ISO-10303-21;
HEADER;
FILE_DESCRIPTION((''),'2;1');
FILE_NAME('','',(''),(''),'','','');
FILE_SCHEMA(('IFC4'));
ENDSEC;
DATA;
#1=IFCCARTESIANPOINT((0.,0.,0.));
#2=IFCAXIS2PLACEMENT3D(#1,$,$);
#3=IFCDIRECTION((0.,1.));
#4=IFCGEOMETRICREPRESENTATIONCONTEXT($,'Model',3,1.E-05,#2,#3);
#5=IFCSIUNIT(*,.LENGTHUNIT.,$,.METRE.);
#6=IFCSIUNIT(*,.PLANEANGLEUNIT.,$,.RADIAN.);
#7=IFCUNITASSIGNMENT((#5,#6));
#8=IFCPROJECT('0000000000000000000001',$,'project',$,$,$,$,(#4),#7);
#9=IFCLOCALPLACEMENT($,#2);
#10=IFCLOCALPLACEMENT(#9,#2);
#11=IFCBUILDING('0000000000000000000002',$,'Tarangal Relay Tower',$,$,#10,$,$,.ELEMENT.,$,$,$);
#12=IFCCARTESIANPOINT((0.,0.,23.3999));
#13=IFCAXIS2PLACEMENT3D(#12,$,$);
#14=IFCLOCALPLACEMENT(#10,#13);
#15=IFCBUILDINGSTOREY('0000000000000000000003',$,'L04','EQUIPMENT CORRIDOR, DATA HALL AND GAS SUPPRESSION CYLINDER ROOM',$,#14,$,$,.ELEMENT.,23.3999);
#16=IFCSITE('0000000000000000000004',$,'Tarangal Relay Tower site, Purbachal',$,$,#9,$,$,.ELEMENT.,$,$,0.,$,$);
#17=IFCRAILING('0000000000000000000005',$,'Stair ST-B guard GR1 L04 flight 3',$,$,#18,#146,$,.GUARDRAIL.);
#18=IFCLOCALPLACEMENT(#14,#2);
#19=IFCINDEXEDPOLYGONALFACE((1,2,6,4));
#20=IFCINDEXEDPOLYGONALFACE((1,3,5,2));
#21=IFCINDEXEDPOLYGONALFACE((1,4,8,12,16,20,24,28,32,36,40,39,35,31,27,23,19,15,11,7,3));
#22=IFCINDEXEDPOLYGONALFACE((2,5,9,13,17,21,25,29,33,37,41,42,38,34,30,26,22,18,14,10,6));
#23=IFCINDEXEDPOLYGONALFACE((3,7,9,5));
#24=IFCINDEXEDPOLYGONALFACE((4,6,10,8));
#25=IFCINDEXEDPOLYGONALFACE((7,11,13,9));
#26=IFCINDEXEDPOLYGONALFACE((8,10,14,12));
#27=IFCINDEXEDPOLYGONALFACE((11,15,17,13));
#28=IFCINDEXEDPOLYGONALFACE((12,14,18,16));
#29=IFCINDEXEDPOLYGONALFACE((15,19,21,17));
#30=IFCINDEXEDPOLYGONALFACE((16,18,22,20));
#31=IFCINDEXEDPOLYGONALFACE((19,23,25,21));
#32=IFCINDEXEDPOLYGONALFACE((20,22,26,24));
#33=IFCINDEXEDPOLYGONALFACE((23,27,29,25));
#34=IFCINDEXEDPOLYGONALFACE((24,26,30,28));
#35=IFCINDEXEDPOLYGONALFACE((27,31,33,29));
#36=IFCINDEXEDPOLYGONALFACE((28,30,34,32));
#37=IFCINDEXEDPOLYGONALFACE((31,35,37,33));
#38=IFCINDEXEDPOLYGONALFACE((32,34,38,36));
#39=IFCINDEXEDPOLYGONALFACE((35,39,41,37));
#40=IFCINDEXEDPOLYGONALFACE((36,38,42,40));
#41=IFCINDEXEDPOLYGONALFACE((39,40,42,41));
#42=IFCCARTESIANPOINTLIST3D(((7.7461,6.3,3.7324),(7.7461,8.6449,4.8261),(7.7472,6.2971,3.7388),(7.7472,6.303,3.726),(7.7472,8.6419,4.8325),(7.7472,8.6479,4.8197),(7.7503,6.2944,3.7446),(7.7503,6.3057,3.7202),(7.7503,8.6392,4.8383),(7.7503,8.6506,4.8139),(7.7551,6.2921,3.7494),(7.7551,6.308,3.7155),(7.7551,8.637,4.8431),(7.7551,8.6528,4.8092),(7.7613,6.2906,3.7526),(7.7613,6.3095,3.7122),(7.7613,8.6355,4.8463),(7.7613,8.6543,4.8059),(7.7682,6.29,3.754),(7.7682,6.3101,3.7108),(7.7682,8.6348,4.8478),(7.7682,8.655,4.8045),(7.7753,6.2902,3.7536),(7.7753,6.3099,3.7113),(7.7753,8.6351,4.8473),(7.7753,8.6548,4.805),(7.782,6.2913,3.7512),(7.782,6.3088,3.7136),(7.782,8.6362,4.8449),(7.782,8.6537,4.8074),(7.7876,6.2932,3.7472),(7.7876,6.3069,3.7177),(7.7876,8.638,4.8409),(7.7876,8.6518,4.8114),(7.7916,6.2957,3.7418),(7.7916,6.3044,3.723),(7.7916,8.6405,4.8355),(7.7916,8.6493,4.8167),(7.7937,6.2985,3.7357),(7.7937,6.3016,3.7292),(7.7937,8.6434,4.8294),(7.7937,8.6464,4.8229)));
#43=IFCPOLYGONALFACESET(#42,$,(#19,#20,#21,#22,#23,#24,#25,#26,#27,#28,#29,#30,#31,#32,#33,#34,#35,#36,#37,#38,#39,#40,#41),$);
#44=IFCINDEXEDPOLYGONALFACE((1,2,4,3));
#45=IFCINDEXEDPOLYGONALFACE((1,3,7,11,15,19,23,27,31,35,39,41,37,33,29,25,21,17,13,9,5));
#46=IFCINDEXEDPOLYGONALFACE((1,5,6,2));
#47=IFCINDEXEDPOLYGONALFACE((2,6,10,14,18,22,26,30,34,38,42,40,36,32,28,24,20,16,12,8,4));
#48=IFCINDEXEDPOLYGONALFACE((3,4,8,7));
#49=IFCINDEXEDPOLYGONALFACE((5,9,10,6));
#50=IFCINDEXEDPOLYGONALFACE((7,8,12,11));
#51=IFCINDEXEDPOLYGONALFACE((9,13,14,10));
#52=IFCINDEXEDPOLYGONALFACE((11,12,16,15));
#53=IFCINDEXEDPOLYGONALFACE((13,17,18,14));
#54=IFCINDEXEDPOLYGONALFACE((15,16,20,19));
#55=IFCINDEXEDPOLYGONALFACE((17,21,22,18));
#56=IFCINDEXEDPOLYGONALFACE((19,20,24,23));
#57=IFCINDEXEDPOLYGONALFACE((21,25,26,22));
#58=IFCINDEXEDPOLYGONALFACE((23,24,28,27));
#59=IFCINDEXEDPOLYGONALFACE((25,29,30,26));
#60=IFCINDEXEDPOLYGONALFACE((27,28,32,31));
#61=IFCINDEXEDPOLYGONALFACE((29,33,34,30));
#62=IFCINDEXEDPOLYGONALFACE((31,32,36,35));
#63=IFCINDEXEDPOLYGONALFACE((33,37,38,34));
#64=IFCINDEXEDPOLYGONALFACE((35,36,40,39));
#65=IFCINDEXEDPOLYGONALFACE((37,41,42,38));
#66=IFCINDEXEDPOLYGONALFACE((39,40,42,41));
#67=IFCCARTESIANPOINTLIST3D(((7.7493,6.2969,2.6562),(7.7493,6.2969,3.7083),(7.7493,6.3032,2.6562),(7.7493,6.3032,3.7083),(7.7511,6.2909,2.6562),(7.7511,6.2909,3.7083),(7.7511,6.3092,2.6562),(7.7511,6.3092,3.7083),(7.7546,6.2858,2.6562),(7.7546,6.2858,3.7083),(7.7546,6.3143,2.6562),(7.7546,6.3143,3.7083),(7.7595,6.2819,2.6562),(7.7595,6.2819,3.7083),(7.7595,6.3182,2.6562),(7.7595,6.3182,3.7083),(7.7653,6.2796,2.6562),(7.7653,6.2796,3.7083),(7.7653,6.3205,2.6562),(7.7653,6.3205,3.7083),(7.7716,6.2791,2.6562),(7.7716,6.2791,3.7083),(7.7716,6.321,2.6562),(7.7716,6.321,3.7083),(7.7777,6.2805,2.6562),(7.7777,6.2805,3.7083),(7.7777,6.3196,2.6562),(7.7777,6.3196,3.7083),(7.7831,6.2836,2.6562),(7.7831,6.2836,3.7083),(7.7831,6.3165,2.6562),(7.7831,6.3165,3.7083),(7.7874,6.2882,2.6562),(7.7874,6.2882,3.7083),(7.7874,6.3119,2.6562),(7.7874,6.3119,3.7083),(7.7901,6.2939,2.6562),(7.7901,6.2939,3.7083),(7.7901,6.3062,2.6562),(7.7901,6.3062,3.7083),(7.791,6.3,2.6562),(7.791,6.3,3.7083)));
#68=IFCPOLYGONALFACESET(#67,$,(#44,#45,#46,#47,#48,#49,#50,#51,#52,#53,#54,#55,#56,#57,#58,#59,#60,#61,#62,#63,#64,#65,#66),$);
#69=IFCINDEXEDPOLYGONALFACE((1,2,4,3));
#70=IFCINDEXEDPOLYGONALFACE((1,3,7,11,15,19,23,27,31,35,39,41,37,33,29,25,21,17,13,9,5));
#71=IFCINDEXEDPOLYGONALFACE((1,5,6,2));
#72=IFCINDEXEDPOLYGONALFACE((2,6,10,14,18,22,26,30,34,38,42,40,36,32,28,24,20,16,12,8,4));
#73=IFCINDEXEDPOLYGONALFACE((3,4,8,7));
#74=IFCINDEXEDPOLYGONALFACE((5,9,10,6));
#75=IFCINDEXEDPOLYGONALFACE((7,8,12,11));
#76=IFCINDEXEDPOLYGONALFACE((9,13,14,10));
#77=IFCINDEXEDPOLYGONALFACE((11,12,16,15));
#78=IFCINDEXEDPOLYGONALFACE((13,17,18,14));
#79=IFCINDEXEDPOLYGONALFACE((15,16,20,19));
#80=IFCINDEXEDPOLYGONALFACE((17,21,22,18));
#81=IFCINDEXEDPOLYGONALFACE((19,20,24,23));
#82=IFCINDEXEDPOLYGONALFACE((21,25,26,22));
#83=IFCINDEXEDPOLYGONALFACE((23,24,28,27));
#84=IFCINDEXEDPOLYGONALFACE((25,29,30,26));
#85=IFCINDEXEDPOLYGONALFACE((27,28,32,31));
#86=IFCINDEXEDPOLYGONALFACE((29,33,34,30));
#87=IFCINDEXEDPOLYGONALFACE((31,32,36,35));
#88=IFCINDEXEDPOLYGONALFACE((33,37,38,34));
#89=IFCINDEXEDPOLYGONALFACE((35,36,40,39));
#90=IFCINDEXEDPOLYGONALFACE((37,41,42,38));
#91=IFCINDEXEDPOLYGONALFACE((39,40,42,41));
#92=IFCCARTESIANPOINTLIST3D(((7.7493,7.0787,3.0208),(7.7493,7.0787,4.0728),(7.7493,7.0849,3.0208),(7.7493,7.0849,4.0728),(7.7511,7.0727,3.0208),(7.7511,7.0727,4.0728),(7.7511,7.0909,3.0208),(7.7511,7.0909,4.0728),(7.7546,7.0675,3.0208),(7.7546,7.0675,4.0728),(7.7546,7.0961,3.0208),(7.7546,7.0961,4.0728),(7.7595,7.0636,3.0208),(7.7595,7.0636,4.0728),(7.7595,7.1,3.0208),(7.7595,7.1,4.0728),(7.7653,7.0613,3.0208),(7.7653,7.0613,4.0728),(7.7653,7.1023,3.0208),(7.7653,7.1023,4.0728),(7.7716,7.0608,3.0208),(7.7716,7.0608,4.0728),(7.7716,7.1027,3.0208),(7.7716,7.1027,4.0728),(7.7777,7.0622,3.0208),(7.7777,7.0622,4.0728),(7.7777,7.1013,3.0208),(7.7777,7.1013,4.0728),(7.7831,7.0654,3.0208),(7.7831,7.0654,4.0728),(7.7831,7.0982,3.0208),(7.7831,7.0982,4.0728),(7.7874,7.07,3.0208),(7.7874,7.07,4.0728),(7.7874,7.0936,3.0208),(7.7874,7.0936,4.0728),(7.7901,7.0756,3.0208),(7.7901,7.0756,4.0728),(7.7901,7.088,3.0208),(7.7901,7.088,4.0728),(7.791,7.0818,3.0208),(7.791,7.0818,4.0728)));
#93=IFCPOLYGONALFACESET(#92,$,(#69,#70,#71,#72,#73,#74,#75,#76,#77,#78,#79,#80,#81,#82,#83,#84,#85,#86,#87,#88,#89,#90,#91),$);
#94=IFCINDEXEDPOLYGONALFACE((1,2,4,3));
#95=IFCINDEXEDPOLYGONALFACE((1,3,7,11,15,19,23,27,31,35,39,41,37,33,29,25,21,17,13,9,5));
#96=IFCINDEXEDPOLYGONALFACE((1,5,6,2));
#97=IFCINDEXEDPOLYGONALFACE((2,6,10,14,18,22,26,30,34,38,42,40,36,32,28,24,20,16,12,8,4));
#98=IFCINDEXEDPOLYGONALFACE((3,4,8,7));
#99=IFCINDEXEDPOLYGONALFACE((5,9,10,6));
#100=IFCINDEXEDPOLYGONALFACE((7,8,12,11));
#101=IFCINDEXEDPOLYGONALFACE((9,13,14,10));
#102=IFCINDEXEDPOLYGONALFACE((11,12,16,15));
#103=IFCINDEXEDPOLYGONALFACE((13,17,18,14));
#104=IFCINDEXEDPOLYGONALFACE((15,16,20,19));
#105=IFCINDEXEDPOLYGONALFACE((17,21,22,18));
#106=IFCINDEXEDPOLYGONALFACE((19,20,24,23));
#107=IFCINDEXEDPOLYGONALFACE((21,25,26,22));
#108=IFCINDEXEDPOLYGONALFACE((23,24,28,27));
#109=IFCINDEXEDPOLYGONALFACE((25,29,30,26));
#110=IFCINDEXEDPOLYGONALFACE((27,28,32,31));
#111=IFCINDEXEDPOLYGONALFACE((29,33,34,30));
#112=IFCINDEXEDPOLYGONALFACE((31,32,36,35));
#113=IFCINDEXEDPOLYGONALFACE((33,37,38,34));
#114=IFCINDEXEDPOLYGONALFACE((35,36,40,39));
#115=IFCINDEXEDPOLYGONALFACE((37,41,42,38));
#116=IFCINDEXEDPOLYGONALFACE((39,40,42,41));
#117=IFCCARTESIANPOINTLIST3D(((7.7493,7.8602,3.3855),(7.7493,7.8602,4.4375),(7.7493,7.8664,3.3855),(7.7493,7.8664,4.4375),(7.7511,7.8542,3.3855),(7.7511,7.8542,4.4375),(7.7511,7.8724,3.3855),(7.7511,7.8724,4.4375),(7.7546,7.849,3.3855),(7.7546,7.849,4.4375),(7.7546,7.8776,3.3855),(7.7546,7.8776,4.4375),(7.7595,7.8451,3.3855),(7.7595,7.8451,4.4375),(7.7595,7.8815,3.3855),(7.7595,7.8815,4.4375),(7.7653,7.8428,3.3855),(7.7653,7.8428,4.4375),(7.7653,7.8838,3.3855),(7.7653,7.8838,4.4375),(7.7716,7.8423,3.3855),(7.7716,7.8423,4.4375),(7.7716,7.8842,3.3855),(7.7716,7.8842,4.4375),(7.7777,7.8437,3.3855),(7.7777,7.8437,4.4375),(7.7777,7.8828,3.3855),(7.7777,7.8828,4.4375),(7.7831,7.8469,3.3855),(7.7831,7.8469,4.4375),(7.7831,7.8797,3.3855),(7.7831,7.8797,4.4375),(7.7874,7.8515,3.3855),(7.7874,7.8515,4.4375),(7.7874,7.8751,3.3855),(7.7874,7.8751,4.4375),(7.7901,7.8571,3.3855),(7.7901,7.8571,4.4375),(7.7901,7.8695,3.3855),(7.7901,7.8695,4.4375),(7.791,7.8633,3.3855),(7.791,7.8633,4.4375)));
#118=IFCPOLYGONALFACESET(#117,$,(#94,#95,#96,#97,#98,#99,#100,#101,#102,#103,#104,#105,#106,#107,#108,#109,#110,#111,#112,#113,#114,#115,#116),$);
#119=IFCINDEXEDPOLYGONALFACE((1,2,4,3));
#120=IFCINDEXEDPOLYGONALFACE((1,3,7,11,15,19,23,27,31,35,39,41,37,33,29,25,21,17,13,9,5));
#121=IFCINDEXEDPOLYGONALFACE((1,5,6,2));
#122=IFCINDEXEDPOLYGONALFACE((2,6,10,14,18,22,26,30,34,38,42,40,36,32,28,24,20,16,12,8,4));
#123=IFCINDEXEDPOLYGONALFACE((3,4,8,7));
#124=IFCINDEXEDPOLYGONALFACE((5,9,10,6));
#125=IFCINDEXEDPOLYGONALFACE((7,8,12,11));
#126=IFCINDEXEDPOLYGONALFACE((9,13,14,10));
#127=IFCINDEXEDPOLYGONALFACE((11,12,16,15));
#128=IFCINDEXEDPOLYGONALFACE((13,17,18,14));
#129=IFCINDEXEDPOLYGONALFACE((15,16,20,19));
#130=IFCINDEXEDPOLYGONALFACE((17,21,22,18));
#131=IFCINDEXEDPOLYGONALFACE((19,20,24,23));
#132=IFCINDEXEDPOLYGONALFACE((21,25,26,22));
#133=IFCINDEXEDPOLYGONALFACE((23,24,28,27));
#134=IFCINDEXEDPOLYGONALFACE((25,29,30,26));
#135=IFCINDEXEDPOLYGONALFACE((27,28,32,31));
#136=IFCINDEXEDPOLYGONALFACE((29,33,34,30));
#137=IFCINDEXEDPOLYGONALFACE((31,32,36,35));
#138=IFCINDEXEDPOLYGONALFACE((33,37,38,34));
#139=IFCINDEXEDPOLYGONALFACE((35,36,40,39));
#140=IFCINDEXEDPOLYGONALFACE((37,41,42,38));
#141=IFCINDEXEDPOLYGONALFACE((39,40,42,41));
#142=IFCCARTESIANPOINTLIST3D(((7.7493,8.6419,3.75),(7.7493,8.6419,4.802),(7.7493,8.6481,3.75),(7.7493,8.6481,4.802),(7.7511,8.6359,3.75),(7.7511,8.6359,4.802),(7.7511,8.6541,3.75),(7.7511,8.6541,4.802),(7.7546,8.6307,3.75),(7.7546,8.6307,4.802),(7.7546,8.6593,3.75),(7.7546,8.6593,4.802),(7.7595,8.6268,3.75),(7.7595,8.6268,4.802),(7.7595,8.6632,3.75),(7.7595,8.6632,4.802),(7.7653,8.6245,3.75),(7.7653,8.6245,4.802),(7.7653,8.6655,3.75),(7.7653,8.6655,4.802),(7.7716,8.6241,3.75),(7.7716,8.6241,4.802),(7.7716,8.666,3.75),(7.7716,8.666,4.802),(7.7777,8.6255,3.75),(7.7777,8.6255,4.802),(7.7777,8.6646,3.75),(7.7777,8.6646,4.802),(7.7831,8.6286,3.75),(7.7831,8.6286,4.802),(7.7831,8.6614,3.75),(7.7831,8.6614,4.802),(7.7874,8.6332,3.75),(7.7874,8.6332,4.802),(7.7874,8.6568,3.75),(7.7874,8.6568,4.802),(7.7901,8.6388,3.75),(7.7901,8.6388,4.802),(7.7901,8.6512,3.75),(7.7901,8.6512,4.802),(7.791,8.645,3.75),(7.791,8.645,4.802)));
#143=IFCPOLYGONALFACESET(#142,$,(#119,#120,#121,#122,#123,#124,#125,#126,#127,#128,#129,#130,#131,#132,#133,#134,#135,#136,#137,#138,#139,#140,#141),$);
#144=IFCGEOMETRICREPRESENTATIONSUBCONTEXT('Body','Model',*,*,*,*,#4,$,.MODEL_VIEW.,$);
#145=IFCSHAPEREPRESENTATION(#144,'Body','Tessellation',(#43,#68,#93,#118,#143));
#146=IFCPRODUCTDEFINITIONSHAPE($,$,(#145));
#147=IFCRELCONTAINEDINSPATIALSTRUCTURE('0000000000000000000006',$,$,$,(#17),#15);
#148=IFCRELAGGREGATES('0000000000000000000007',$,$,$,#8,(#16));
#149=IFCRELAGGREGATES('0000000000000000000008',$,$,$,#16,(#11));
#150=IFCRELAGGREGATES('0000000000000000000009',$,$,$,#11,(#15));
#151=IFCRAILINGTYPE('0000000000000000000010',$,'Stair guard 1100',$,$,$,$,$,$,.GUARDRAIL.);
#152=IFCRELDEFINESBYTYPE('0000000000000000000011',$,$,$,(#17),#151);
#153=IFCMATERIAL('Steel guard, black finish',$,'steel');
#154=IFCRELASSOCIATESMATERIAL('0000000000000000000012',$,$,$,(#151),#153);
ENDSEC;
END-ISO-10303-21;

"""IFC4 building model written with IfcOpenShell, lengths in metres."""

from ifc_helpers import new_model, si_unit, direction, frame, origin, origin_2d, place, context, subcontext, project, spatial, circle, extrude, material, type_object, element, save


model = new_model("IFC4")

# Units and contexts
model_context = context("Model", 3, precision=1e-05, world=origin(), true_north=direction((0.0, 1.0)))
body_context = subcontext(model_context, "Body", "Model", "MODEL_VIEW")
ifc_project = project(units=[si_unit("LENGTHUNIT", "METRE"), si_unit("PLANEANGLEUNIT", "RADIAN")], contexts=[model_context])

# Site, building, storey
site_placement = place(None, origin())
site = spatial("IfcSite", under=ifc_project, at=site_placement, Name="Tarangal Relay Tower site, Purbachal", CompositionType="ELEMENT", RefElevation=0.0)
building_placement = place(site_placement, origin())
building = spatial("IfcBuilding", under=site, at=building_placement, Name="Tarangal Relay Tower", CompositionType="ELEMENT")
storey_placement = place(building_placement, frame((0.0, 0.0, 23.3999)))
storey = spatial("IfcBuildingStorey", under=building, at=storey_placement, Name="L04", Description="EQUIPMENT CORRIDOR, DATA HALL AND GAS SUPPRESSION CYLINDER ROOM", CompositionType="ELEMENT", Elevation=23.3999)

# Railing
ifc_material_1 = material(Name="Steel guard, black finish", Category="steel")
railing_type_1 = type_object("IfcRailingType", Name="Stair guard 1100", PredefinedType="GUARDRAIL", material=ifc_material_1)
for number, where, name in (
    (1, (7.77, 6.3, 2.6562), "Stair ST-B guard GR1 L04 flight 3"),
):
    element("IfcRailing", number, at=place(storey_placement, frame(where)), inside=storey, type_object=railing_type_1, Name=name, PredefinedType="GUARDRAIL", context=body_context, shape_type="SweptSolid", body=[
        extrude(circle(Radius=0.0239, at=origin_2d()), frame((0.0, 0.0, 1.0762), z_axis=(0.0, 0.906267, 0.422705), x_axis=(-1.0, 0.0, 0.0)), (0.0, 0.0, 1.0), 2.5874),
        extrude(circle(Radius=0.021, at=origin_2d()), origin(), (0.0, 0.0, 1.0), 1.052),
        extrude(circle(Radius=0.021, at=origin_2d()), frame((0.0, 0.7817, 0.3645)), (0.0, 0.0, 1.0), 1.052),
        extrude(circle(Radius=0.021, at=origin_2d()), frame((0.0, 1.5632, 0.7292)), (0.0, 0.0, 1.0), 1.052),
        extrude(circle(Radius=0.021, at=origin_2d()), frame((0.0, 2.345, 1.0938)), (0.0, 0.0, 1.0), 1.052),
    ])

save(model, "model.ifc")
